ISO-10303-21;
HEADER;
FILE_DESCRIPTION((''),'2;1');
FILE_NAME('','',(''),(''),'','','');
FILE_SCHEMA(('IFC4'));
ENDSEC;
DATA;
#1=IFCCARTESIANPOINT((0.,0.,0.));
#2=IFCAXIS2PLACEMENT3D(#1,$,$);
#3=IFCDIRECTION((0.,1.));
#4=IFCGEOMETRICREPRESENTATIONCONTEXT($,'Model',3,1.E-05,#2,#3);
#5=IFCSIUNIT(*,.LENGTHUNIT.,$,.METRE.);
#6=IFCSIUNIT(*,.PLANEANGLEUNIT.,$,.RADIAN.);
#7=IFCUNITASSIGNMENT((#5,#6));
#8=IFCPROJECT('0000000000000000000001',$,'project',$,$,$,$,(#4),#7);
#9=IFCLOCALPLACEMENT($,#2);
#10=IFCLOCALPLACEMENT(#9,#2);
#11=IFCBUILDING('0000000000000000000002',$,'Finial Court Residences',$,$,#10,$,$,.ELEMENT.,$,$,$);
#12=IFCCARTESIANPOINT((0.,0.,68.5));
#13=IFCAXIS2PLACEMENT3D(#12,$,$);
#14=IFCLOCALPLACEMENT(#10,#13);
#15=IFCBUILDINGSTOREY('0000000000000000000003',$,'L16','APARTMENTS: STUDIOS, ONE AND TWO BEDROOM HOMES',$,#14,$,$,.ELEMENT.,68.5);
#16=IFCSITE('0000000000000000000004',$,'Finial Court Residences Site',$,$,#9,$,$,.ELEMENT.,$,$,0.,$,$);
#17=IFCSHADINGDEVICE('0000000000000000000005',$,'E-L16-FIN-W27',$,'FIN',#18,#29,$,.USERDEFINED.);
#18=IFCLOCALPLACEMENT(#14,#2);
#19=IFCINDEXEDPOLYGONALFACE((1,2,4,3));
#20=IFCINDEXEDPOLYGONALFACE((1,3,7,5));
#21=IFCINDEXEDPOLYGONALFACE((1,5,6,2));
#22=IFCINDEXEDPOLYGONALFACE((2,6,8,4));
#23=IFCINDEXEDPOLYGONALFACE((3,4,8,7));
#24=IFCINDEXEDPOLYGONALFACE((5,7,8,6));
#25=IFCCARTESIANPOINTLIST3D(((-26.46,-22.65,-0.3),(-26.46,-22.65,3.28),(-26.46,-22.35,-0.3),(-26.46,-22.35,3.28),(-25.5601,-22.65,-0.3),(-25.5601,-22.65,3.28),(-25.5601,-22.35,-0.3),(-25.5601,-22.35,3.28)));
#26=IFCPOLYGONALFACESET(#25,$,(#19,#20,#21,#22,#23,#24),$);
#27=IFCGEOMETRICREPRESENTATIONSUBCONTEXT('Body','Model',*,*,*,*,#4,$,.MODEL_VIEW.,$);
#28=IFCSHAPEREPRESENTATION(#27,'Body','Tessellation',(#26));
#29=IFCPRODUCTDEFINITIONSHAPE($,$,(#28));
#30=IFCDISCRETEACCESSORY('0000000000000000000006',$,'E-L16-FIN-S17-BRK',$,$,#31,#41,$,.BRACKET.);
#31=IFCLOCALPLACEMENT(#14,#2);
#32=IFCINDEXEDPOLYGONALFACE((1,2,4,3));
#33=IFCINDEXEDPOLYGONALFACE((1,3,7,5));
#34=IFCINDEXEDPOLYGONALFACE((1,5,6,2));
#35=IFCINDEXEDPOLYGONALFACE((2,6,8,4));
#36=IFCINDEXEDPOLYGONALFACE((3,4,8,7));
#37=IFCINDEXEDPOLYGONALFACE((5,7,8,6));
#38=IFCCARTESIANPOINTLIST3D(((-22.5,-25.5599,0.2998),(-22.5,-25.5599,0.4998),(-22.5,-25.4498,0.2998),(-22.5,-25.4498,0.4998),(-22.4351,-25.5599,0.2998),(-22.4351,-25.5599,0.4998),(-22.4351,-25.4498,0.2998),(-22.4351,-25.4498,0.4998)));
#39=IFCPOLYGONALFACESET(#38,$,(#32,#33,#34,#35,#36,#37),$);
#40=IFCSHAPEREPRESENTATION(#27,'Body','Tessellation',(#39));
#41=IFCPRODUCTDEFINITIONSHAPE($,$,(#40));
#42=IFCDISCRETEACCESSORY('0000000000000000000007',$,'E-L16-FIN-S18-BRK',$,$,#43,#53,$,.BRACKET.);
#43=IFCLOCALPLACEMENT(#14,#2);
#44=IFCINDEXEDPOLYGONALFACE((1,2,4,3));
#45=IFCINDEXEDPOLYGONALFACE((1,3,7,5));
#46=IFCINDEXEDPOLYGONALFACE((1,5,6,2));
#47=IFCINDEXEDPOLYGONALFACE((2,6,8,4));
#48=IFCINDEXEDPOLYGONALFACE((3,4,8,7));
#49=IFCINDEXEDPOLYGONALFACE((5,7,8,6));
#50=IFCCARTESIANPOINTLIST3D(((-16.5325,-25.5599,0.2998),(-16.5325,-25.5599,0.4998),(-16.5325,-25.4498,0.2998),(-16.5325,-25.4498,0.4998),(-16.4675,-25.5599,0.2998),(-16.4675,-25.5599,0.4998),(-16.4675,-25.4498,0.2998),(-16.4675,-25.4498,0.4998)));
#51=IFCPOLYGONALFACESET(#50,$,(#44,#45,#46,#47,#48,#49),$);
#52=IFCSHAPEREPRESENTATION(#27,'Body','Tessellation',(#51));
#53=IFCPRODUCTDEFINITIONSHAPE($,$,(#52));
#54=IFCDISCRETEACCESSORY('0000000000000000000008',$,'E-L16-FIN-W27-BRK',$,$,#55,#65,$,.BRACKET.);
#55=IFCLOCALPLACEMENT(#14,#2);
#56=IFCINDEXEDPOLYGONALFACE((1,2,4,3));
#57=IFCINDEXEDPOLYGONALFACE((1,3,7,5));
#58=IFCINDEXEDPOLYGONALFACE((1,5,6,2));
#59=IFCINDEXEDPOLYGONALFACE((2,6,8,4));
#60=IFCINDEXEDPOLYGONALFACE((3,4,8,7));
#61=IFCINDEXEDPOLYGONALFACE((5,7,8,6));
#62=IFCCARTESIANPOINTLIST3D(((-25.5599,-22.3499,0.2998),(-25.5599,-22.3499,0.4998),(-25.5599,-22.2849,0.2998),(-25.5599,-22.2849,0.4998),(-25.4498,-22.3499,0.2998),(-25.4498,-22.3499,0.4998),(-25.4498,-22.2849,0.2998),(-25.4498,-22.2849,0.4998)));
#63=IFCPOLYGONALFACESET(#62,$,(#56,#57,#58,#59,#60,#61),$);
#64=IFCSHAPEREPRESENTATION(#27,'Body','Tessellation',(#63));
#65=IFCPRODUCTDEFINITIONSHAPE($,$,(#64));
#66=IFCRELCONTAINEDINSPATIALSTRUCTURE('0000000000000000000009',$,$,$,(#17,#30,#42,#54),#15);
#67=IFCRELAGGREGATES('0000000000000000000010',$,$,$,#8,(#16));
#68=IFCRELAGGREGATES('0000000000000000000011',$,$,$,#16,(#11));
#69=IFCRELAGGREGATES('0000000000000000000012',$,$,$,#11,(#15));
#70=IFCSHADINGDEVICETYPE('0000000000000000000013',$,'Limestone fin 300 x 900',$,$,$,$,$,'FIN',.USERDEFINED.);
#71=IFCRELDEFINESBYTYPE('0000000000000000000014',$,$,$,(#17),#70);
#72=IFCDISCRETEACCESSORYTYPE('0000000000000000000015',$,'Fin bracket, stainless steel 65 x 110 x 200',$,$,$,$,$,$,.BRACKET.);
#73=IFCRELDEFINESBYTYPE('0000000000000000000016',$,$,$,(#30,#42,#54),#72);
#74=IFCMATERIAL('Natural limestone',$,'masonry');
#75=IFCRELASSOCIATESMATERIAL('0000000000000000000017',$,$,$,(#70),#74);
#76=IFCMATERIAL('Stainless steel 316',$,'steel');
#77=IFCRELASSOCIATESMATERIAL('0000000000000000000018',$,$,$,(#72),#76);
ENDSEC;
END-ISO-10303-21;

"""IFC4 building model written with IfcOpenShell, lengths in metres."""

from ifc_helpers import new_model, si_unit, direction, frame, origin, origin_2d, place, context, subcontext, project, spatial, rectangle, extrude, material, type_object, element, save


model = new_model("IFC4")

# Units and contexts
model_context = context("Model", 3, precision=1e-05, world=origin(), true_north=direction((0.0, 1.0)))
body_context = subcontext(model_context, "Body", "Model", "MODEL_VIEW")
ifc_project = project(units=[si_unit("LENGTHUNIT", "METRE"), si_unit("PLANEANGLEUNIT", "RADIAN")], contexts=[model_context])

# Site, building, storey
site_placement = place(None, origin())
site = spatial("IfcSite", under=ifc_project, at=site_placement, Name="Finial Court Residences Site", CompositionType="ELEMENT", RefElevation=0.0)
building_placement = place(site_placement, origin())
building = spatial("IfcBuilding", under=site, at=building_placement, Name="Finial Court Residences", CompositionType="ELEMENT")
storey_placement = place(building_placement, frame((0.0, 0.0, 68.5)))
storey = spatial("IfcBuildingStorey", under=building, at=storey_placement, Name="L16", Description="APARTMENTS: STUDIOS, ONE AND TWO BEDROOM HOMES", CompositionType="ELEMENT", Elevation=68.5)

# Shared definitions
ifc_material_1 = material(Name="Natural limestone", Category="masonry")

# Shading device
shading_device_type = type_object("IfcShadingDeviceType", Name="Limestone fin 300 x 900", ElementType="FIN", PredefinedType="USERDEFINED", material=ifc_material_1)
shading_device_placement = place(storey_placement, frame((-26.01, -22.5, -0.3), z_axis=(0.0, 0.0, 1.0), x_axis=(1.0, 0.0, 0.0)))
element("IfcShadingDevice", 1, at=shading_device_placement, inside=storey, type_object=shading_device_type, Name="E-L16-FIN-W27", ObjectType="FIN", PredefinedType="USERDEFINED", context=body_context, shape_type="SweptSolid", body=[
    extrude(rectangle(XDim=0.8999, YDim=0.3, at=origin_2d()), origin(), (0.0, 0.0, 1.0), 3.5801),
])

# Discrete accessories
ifc_material_2 = material(Name="Stainless steel 316", Category="steel")
discrete_accessory_type = type_object("IfcDiscreteAccessoryType", Name="Fin bracket, stainless steel 65 x 110 x 200", PredefinedType="BRACKET", material=ifc_material_2)
for number, where, z_axis, x_axis, name in (
    (2, (-22.4675, -25.5049, 0.2998), (0.0, 0.0, 1.0), (1.0, 0.0, 0.0), "E-L16-FIN-S17-BRK"),
    (3, (-16.5, -25.5049, 0.2998), (0.0, 0.0, 1.0), (1.0, 0.0, 0.0), "E-L16-FIN-S18-BRK"),
):
    element("IfcDiscreteAccessory", number, at=place(storey_placement, frame(where, z_axis=z_axis, x_axis=x_axis)), inside=storey, type_object=discrete_accessory_type, Name=name, PredefinedType="BRACKET", context=body_context, shape_type="SweptSolid", body=[
        extrude(rectangle(XDim=0.0649, YDim=0.1101, at=origin_2d()), origin(), (0.0, 0.0, 1.0), 0.2),
    ])
discrete_accessory_placement = place(storey_placement, frame((-25.5049, -22.3174, 0.2998), z_axis=(0.0, 0.0, 1.0), x_axis=(1.0, 0.0, 0.0)))
element("IfcDiscreteAccessory", 4, at=discrete_accessory_placement, inside=storey, type_object=discrete_accessory_type, Name="E-L16-FIN-W27-BRK", PredefinedType="BRACKET", context=body_context, shape_type="SweptSolid", body=[
    extrude(rectangle(XDim=0.1101, YDim=0.0649, at=origin_2d()), origin(), (0.0, 0.0, 1.0), 0.2),
])

save(model, "model.ifc")
